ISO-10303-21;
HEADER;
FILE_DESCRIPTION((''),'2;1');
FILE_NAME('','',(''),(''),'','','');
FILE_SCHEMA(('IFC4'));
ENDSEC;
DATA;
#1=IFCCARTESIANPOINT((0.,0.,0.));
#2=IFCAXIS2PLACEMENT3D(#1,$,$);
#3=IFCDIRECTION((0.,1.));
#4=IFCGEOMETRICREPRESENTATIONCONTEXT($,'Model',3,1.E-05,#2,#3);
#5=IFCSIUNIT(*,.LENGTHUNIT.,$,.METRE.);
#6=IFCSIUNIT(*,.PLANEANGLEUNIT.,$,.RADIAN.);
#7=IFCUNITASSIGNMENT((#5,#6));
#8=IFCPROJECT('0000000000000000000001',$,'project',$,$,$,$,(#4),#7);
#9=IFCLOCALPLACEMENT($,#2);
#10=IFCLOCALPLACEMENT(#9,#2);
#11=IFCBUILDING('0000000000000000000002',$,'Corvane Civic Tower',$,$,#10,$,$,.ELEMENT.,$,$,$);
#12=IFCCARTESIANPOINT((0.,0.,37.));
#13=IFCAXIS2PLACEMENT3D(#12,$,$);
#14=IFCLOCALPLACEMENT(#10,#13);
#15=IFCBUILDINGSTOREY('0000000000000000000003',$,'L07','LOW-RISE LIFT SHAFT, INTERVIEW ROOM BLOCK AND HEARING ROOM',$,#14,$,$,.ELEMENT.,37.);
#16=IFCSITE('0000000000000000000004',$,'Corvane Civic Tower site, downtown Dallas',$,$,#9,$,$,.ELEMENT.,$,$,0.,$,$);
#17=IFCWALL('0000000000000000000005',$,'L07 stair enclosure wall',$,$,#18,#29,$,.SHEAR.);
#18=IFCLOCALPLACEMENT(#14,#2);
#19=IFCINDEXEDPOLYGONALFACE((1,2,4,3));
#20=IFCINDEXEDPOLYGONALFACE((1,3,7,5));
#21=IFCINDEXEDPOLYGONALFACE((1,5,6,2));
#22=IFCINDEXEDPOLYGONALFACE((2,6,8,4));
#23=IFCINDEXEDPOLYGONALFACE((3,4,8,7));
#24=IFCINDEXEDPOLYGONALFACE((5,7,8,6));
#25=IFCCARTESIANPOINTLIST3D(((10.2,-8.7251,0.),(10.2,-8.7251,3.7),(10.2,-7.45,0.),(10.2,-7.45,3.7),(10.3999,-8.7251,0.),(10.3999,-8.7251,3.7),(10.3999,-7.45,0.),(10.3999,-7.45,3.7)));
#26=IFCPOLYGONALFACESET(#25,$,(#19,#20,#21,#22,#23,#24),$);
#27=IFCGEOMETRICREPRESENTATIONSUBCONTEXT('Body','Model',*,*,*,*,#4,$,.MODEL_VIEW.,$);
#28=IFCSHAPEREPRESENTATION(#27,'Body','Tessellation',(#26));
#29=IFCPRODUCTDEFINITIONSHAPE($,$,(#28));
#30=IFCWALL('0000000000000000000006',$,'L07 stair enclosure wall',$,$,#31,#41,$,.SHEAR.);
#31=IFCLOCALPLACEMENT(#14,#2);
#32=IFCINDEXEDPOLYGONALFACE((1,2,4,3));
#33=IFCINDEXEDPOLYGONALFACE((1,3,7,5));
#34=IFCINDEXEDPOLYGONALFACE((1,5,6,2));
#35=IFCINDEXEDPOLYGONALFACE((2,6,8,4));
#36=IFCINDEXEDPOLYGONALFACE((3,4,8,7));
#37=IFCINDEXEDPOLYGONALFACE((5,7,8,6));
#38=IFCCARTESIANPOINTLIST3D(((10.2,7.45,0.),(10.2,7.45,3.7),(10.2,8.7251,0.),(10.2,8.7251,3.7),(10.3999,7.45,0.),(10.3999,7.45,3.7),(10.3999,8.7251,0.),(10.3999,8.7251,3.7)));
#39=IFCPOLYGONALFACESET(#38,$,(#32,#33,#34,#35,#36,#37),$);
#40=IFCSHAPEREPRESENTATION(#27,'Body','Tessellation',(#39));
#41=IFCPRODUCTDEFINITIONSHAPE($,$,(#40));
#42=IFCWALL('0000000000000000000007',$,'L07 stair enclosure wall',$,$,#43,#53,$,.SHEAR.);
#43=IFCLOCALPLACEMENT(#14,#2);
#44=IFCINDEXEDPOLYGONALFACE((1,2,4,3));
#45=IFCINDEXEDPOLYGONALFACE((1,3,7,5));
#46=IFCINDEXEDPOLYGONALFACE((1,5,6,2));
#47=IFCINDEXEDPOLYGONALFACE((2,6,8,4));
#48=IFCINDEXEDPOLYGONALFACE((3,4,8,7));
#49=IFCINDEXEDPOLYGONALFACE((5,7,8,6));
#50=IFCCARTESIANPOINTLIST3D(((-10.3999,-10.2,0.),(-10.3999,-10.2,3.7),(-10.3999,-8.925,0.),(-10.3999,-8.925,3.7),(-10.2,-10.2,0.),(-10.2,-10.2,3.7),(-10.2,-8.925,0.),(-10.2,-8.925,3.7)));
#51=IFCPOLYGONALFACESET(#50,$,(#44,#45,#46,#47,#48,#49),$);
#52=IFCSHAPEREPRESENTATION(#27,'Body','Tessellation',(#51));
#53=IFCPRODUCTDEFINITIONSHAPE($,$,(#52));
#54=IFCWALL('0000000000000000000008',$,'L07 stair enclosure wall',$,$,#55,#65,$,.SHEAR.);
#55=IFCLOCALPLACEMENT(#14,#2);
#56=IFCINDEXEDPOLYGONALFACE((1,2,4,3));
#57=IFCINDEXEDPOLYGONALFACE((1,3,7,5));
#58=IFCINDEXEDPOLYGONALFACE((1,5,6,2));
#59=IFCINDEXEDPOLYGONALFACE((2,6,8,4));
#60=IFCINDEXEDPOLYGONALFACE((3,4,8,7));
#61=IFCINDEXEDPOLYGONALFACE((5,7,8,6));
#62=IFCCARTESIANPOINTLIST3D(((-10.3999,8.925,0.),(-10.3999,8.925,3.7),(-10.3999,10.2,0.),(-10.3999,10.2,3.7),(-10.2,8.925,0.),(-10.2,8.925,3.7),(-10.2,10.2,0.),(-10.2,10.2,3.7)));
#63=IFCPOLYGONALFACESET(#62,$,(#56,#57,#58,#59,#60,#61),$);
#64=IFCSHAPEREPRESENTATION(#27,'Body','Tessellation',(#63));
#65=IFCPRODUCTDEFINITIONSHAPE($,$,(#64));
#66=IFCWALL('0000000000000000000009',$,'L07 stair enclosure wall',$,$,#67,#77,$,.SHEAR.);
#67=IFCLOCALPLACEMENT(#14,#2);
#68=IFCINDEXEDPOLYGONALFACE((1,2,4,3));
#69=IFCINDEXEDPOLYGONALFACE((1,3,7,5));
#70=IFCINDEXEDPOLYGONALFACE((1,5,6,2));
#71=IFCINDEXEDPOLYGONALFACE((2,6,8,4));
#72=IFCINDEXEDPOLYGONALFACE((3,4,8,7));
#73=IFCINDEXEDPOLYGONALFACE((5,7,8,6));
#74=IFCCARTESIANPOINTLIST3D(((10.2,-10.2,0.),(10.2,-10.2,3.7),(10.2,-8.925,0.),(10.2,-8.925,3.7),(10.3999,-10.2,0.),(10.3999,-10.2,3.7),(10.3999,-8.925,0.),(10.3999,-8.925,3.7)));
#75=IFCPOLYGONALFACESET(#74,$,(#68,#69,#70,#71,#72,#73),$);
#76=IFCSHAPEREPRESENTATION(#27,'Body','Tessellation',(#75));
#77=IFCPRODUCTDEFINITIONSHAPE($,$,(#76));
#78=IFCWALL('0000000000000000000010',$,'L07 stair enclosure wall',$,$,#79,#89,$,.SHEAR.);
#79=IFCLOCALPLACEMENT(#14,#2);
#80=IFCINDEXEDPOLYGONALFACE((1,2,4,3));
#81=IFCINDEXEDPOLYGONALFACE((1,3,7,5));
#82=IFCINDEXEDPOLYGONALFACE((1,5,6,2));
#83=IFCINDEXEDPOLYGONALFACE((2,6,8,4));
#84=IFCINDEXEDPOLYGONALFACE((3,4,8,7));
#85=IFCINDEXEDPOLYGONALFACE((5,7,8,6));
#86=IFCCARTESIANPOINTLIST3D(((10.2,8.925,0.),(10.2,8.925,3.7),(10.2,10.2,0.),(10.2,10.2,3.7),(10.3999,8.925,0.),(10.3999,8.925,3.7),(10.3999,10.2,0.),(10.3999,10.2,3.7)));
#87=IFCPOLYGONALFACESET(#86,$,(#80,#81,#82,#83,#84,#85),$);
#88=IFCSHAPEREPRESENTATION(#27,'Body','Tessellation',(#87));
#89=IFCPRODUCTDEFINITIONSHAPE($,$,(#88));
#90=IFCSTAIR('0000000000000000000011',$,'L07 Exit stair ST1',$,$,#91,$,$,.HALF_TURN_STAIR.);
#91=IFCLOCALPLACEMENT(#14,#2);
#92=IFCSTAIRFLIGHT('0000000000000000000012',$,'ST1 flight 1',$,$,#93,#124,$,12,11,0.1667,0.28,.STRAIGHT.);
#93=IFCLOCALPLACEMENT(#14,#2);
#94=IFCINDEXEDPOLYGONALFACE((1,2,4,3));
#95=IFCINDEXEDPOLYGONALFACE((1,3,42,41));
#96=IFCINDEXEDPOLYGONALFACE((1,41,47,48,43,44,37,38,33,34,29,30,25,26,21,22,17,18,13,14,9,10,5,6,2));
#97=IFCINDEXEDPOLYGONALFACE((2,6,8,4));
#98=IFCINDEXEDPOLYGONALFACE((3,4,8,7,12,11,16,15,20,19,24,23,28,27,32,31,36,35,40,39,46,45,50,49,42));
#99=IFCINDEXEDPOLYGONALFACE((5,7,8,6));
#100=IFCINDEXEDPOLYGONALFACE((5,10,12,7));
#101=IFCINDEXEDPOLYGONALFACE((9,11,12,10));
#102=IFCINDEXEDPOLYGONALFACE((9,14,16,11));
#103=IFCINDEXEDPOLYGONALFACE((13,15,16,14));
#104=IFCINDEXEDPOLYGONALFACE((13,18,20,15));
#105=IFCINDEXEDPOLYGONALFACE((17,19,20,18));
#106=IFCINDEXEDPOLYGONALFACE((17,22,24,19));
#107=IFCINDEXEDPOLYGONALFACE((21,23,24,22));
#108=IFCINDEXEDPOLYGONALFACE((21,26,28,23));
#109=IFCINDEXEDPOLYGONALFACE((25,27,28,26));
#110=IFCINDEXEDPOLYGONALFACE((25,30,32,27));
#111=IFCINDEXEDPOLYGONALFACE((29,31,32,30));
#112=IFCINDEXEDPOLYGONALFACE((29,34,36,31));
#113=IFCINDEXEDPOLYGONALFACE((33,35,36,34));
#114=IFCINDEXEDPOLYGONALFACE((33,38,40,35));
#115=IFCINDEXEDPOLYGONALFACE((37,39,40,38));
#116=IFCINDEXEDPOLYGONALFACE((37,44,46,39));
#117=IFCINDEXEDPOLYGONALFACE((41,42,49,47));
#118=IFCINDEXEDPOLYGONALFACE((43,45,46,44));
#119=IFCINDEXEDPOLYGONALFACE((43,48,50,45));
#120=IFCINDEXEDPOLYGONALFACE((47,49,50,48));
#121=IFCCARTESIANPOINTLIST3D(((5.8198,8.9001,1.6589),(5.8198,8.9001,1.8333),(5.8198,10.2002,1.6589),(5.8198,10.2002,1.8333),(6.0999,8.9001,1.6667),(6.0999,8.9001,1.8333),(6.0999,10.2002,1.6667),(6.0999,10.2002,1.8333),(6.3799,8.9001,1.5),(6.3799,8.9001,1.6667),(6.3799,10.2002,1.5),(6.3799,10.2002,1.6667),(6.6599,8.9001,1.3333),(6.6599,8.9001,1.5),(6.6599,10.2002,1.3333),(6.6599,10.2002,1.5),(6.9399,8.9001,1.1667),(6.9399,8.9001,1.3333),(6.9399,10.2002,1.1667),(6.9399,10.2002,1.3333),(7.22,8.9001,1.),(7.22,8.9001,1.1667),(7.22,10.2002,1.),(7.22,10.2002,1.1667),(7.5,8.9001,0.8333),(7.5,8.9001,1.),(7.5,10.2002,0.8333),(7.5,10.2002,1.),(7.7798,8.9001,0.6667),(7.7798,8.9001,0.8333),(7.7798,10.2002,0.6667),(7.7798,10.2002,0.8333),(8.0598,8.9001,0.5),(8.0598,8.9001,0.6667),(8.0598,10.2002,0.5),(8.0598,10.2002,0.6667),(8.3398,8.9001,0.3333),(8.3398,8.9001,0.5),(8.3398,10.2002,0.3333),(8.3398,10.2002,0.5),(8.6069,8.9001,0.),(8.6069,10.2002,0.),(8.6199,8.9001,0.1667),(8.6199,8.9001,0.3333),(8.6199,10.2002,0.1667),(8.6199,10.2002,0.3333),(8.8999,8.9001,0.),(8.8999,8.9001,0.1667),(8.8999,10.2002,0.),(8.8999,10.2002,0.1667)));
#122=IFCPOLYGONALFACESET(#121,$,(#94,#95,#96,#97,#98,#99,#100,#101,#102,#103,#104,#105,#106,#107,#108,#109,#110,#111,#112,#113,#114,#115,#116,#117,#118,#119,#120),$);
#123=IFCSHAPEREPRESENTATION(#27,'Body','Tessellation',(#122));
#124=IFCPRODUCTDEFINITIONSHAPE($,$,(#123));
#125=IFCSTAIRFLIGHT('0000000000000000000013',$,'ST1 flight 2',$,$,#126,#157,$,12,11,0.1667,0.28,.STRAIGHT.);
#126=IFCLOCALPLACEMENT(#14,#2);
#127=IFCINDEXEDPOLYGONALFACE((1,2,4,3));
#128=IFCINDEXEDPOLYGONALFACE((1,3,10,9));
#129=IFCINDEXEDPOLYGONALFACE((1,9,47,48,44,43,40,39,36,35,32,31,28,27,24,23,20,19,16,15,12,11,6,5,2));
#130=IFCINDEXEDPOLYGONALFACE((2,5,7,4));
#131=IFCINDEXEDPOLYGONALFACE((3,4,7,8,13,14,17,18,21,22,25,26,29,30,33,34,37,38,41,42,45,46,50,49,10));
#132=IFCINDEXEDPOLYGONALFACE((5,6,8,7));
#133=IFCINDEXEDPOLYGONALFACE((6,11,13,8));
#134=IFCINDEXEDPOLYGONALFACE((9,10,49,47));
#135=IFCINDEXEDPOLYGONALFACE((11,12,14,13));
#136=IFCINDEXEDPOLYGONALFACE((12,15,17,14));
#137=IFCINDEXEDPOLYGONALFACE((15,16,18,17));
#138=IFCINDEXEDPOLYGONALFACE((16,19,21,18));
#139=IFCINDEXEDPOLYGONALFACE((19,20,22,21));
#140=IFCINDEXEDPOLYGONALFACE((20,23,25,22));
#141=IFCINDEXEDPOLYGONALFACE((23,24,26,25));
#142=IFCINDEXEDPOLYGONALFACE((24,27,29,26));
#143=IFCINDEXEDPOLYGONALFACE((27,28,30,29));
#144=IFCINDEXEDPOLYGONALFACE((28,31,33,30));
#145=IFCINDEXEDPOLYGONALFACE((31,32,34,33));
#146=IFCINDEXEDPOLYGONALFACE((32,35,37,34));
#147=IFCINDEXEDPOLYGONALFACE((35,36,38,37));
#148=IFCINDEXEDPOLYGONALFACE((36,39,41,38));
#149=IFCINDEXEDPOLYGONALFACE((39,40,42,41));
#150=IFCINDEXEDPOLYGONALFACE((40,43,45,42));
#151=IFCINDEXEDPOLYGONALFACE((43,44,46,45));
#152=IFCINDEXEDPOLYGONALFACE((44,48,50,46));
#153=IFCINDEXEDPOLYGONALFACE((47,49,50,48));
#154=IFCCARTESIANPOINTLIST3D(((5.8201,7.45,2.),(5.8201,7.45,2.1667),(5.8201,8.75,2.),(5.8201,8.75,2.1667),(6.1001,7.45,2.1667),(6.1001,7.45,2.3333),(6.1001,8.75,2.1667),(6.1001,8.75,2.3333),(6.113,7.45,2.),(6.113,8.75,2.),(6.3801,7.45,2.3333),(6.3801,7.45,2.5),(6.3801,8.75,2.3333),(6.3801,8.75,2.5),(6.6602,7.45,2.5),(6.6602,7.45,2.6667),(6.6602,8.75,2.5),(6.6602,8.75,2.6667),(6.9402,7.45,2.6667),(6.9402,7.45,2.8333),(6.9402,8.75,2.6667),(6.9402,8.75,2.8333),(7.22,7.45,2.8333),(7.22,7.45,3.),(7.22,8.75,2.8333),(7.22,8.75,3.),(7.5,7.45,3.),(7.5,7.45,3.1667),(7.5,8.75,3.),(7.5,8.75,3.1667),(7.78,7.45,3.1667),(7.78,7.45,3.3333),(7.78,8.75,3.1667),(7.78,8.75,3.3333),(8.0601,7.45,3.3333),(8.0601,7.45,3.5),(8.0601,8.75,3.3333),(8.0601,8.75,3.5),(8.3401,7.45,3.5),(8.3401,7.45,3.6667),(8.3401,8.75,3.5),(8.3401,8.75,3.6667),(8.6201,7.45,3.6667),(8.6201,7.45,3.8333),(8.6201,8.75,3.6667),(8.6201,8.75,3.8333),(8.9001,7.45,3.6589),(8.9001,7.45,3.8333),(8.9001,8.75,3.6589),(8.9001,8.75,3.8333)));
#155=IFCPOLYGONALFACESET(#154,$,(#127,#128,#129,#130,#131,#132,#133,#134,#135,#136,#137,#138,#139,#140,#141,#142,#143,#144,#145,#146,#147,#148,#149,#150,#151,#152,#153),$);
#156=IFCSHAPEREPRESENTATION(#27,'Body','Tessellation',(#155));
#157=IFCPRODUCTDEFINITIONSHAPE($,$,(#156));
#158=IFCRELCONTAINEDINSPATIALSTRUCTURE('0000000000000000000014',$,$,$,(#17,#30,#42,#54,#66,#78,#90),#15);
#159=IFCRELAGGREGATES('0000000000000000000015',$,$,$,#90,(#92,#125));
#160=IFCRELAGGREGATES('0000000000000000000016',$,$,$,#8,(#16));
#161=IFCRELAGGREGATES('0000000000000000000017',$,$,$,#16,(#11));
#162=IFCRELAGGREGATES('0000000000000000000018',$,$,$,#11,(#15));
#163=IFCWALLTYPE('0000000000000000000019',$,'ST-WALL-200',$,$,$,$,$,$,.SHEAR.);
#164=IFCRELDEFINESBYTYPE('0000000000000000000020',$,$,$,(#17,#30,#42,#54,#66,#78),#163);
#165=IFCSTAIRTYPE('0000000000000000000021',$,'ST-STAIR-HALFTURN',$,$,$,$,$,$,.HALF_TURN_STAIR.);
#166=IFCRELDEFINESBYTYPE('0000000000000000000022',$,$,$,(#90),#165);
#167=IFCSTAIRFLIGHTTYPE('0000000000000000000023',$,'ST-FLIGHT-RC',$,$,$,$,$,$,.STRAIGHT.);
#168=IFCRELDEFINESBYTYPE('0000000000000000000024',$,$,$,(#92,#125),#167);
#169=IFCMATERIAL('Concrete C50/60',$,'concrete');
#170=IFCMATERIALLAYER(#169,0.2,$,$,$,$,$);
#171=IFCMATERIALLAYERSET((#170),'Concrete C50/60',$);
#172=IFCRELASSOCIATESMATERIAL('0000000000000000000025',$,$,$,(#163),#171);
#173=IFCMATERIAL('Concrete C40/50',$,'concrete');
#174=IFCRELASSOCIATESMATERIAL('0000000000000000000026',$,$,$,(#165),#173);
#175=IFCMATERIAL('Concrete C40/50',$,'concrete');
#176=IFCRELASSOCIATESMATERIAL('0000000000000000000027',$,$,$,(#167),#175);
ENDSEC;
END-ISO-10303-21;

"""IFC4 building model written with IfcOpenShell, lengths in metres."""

from ifc_helpers import new_model, si_unit, direction, frame, origin, place, context, subcontext, project, spatial, polyline, outline, extrude, material, layer, layer_set, type_object, element, aggregate, save


model = new_model("IFC4")

# Units and contexts
model_context = context("Model", 3, precision=1e-05, world=origin(), true_north=direction((0.0, 1.0)))
body_context = subcontext(model_context, "Body", "Model", "MODEL_VIEW")
ifc_project = project(units=[si_unit("LENGTHUNIT", "METRE"), si_unit("PLANEANGLEUNIT", "RADIAN")], contexts=[model_context])

# Site, building, storey
site_placement = place(None, origin())
site = spatial("IfcSite", under=ifc_project, at=site_placement, Name="Corvane Civic Tower site, downtown Dallas", CompositionType="ELEMENT", RefElevation=0.0)
building_placement = place(site_placement, origin())
building = spatial("IfcBuilding", under=site, at=building_placement, Name="Corvane Civic Tower", CompositionType="ELEMENT")
storey_placement = place(building_placement, frame((0.0, 0.0, 37.0)))
storey = spatial("IfcBuildingStorey", under=building, at=storey_placement, Name="L07", Description="LOW-RISE LIFT SHAFT, INTERVIEW ROOM BLOCK AND HEARING ROOM", CompositionType="ELEMENT", Elevation=37.0)

# Shared definitions
ifc_material_1 = material(Name="Concrete C50/60", Category="concrete")
ifc_layer_1 = layer(ifc_material_1, 0.2)
ifc_layer_set_1 = layer_set([ifc_layer_1], Name="Concrete C50/60")
wall_type_1 = type_object("IfcWallType", Name="ST-WALL-200", PredefinedType="SHEAR", material=ifc_layer_set_1)

# Walls
wall_1_placement = place(storey_placement, origin())
element("IfcWall", 1, at=wall_1_placement, inside=storey, type_object=wall_type_1, Name="L07 stair enclosure wall", PredefinedType="SHEAR", context=body_context, shape_type="SweptSolid", body=[
    extrude(outline(polyline([(10.3999, -7.45), (10.3999, -8.7251), (10.2, -8.7251), (10.2, -7.45), (10.3999, -7.45)])), origin(), (0.0, 0.0, 1.0), 3.7),
])
wall_2_placement = place(storey_placement, origin())
element("IfcWall", 2, at=wall_2_placement, inside=storey, type_object=wall_type_1, Name="L07 stair enclosure wall", PredefinedType="SHEAR", context=body_context, shape_type="SweptSolid", body=[
    extrude(outline(polyline([(10.3999, 8.7251), (10.3999, 7.45), (10.2, 7.45), (10.2, 8.7251), (10.3999, 8.7251)])), origin(), (0.0, 0.0, 1.0), 3.7),
])
wall_3_placement = place(storey_placement, origin())
element("IfcWall", 3, at=wall_3_placement, inside=storey, type_object=wall_type_1, Name="L07 stair enclosure wall", PredefinedType="SHEAR", context=body_context, shape_type="SweptSolid", body=[
    extrude(outline(polyline([(-10.2, -8.925), (-10.2, -10.2), (-10.3999, -10.2), (-10.3999, -8.925), (-10.2, -8.925)])), origin(), (0.0, 0.0, 1.0), 3.7),
])
wall_4_placement = place(storey_placement, origin())
element("IfcWall", 4, at=wall_4_placement, inside=storey, type_object=wall_type_1, Name="L07 stair enclosure wall", PredefinedType="SHEAR", context=body_context, shape_type="SweptSolid", body=[
    extrude(outline(polyline([(-10.2, 8.925), (-10.3999, 8.925), (-10.3999, 10.2), (-10.2, 10.2), (-10.2, 8.925)])), origin(), (0.0, 0.0, 1.0), 3.7),
])
wall_5_placement = place(storey_placement, origin())
element("IfcWall", 5, at=wall_5_placement, inside=storey, type_object=wall_type_1, Name="L07 stair enclosure wall", PredefinedType="SHEAR", context=body_context, shape_type="SweptSolid", body=[
    extrude(outline(polyline([(10.3999, -8.925), (10.3999, -10.2), (10.2, -10.2), (10.2, -8.925), (10.3999, -8.925)])), origin(), (0.0, 0.0, 1.0), 3.7),
])
wall_6_placement = place(storey_placement, origin())
element("IfcWall", 6, at=wall_6_placement, inside=storey, type_object=wall_type_1, Name="L07 stair enclosure wall", PredefinedType="SHEAR", context=body_context, shape_type="SweptSolid", body=[
    extrude(outline(polyline([(10.3999, 8.925), (10.2, 8.925), (10.2, 10.2), (10.3999, 10.2), (10.3999, 8.925)])), origin(), (0.0, 0.0, 1.0), 3.7),
])

# Stair, stair flights
ifc_material_2 = material(Name="Concrete C40/50", Category="concrete")
stair_type = type_object("IfcStairType", Name="ST-STAIR-HALFTURN", PredefinedType="HALF_TURN_STAIR", material=ifc_material_2)
stair_placement = place(storey_placement, origin())
stair = element("IfcStair", 7, at=stair_placement, inside=storey, type_object=stair_type, Name="L07 Exit stair ST1", PredefinedType="HALF_TURN_STAIR")
ifc_material_3 = material(Name="Concrete C40/50", Category="concrete")
stair_flight_type = type_object("IfcStairFlightType", Name="ST-FLIGHT-RC", PredefinedType="STRAIGHT", material=ifc_material_3)
stair_flight_1_placement = place(storey_placement, frame((8.8999, 9.55, 0.0), z_axis=(0.0, 0.0, 1.0), x_axis=(-1.0, 0.0, 0.0)))
stair_flight_1 = element("IfcStairFlight", 8, at=stair_flight_1_placement, type_object=stair_flight_type, Name="ST1 flight 1", NumberOfRisers=12, NumberOfTreads=11, PredefinedType="STRAIGHT", RiserHeight=0.1667, TreadLength=0.28, context=body_context, shape_type="SweptSolid", body=[
    extrude(outline(polyline([(0.0, 0.0), (0.0, 0.1667), (0.28, 0.1667), (0.28, 0.3333), (0.5601, 0.3333), (0.5601, 0.5), (0.8401, 0.5), (0.8401, 0.6667), (1.1201, 0.6667), (1.1201, 0.8333), (1.3999, 0.8333), (1.3999, 1.0), (1.6799, 1.0), (1.6799, 1.1667), (1.96, 1.1667), (1.96, 1.3333), (2.24, 1.3333), (2.24, 1.5), (2.52, 1.5), (2.52, 1.6667), (2.8, 1.6667), (2.8, 1.8333), (3.0801, 1.8333), (3.0801, 2.0), (3.0801, 1.6589), (0.293, 0.0), (0.0, 0.0)])), frame((0.0, 0.6499, 0.0), z_axis=(0.0, -1.0, 0.0), x_axis=(1.0, 0.0, 0.0)), (0.0, 0.0, 1.0), 1.3),
])
stair_flight_2_placement = place(storey_placement, frame((5.8201, 8.1001, 2.0), z_axis=(0.0, 0.0, 1.0), x_axis=(1.0, 0.0, 0.0)))
stair_flight_2 = element("IfcStairFlight", 9, at=stair_flight_2_placement, type_object=stair_flight_type, Name="ST1 flight 2", NumberOfRisers=12, NumberOfTreads=11, PredefinedType="STRAIGHT", RiserHeight=0.1667, TreadLength=0.28, context=body_context, shape_type="SweptSolid", body=[
    extrude(outline(polyline([(0.0, 0.0), (0.0, 0.1667), (0.28, 0.1667), (0.28, 0.3333), (0.5601, 0.3333), (0.5601, 0.5), (0.8401, 0.5), (0.8401, 0.6667), (1.1201, 0.6667), (1.1201, 0.8333), (1.3999, 0.8333), (1.3999, 1.0), (1.6799, 1.0), (1.6799, 1.1667), (1.96, 1.1667), (1.96, 1.3333), (2.24, 1.3333), (2.24, 1.5), (2.52, 1.5), (2.52, 1.6667), (2.8, 1.6667), (2.8, 1.8333), (3.0801, 1.8333), (3.0801, 2.0), (3.0801, 1.6589), (0.293, 0.0), (0.0, 0.0)])), frame((0.0, 0.6499, 0.0), z_axis=(0.0, -1.0, 0.0), x_axis=(1.0, 0.0, 0.0)), (0.0, 0.0, 1.0), 1.3),
])
aggregate(stair, [stair_flight_1, stair_flight_2])

save(model, "model.ifc")
